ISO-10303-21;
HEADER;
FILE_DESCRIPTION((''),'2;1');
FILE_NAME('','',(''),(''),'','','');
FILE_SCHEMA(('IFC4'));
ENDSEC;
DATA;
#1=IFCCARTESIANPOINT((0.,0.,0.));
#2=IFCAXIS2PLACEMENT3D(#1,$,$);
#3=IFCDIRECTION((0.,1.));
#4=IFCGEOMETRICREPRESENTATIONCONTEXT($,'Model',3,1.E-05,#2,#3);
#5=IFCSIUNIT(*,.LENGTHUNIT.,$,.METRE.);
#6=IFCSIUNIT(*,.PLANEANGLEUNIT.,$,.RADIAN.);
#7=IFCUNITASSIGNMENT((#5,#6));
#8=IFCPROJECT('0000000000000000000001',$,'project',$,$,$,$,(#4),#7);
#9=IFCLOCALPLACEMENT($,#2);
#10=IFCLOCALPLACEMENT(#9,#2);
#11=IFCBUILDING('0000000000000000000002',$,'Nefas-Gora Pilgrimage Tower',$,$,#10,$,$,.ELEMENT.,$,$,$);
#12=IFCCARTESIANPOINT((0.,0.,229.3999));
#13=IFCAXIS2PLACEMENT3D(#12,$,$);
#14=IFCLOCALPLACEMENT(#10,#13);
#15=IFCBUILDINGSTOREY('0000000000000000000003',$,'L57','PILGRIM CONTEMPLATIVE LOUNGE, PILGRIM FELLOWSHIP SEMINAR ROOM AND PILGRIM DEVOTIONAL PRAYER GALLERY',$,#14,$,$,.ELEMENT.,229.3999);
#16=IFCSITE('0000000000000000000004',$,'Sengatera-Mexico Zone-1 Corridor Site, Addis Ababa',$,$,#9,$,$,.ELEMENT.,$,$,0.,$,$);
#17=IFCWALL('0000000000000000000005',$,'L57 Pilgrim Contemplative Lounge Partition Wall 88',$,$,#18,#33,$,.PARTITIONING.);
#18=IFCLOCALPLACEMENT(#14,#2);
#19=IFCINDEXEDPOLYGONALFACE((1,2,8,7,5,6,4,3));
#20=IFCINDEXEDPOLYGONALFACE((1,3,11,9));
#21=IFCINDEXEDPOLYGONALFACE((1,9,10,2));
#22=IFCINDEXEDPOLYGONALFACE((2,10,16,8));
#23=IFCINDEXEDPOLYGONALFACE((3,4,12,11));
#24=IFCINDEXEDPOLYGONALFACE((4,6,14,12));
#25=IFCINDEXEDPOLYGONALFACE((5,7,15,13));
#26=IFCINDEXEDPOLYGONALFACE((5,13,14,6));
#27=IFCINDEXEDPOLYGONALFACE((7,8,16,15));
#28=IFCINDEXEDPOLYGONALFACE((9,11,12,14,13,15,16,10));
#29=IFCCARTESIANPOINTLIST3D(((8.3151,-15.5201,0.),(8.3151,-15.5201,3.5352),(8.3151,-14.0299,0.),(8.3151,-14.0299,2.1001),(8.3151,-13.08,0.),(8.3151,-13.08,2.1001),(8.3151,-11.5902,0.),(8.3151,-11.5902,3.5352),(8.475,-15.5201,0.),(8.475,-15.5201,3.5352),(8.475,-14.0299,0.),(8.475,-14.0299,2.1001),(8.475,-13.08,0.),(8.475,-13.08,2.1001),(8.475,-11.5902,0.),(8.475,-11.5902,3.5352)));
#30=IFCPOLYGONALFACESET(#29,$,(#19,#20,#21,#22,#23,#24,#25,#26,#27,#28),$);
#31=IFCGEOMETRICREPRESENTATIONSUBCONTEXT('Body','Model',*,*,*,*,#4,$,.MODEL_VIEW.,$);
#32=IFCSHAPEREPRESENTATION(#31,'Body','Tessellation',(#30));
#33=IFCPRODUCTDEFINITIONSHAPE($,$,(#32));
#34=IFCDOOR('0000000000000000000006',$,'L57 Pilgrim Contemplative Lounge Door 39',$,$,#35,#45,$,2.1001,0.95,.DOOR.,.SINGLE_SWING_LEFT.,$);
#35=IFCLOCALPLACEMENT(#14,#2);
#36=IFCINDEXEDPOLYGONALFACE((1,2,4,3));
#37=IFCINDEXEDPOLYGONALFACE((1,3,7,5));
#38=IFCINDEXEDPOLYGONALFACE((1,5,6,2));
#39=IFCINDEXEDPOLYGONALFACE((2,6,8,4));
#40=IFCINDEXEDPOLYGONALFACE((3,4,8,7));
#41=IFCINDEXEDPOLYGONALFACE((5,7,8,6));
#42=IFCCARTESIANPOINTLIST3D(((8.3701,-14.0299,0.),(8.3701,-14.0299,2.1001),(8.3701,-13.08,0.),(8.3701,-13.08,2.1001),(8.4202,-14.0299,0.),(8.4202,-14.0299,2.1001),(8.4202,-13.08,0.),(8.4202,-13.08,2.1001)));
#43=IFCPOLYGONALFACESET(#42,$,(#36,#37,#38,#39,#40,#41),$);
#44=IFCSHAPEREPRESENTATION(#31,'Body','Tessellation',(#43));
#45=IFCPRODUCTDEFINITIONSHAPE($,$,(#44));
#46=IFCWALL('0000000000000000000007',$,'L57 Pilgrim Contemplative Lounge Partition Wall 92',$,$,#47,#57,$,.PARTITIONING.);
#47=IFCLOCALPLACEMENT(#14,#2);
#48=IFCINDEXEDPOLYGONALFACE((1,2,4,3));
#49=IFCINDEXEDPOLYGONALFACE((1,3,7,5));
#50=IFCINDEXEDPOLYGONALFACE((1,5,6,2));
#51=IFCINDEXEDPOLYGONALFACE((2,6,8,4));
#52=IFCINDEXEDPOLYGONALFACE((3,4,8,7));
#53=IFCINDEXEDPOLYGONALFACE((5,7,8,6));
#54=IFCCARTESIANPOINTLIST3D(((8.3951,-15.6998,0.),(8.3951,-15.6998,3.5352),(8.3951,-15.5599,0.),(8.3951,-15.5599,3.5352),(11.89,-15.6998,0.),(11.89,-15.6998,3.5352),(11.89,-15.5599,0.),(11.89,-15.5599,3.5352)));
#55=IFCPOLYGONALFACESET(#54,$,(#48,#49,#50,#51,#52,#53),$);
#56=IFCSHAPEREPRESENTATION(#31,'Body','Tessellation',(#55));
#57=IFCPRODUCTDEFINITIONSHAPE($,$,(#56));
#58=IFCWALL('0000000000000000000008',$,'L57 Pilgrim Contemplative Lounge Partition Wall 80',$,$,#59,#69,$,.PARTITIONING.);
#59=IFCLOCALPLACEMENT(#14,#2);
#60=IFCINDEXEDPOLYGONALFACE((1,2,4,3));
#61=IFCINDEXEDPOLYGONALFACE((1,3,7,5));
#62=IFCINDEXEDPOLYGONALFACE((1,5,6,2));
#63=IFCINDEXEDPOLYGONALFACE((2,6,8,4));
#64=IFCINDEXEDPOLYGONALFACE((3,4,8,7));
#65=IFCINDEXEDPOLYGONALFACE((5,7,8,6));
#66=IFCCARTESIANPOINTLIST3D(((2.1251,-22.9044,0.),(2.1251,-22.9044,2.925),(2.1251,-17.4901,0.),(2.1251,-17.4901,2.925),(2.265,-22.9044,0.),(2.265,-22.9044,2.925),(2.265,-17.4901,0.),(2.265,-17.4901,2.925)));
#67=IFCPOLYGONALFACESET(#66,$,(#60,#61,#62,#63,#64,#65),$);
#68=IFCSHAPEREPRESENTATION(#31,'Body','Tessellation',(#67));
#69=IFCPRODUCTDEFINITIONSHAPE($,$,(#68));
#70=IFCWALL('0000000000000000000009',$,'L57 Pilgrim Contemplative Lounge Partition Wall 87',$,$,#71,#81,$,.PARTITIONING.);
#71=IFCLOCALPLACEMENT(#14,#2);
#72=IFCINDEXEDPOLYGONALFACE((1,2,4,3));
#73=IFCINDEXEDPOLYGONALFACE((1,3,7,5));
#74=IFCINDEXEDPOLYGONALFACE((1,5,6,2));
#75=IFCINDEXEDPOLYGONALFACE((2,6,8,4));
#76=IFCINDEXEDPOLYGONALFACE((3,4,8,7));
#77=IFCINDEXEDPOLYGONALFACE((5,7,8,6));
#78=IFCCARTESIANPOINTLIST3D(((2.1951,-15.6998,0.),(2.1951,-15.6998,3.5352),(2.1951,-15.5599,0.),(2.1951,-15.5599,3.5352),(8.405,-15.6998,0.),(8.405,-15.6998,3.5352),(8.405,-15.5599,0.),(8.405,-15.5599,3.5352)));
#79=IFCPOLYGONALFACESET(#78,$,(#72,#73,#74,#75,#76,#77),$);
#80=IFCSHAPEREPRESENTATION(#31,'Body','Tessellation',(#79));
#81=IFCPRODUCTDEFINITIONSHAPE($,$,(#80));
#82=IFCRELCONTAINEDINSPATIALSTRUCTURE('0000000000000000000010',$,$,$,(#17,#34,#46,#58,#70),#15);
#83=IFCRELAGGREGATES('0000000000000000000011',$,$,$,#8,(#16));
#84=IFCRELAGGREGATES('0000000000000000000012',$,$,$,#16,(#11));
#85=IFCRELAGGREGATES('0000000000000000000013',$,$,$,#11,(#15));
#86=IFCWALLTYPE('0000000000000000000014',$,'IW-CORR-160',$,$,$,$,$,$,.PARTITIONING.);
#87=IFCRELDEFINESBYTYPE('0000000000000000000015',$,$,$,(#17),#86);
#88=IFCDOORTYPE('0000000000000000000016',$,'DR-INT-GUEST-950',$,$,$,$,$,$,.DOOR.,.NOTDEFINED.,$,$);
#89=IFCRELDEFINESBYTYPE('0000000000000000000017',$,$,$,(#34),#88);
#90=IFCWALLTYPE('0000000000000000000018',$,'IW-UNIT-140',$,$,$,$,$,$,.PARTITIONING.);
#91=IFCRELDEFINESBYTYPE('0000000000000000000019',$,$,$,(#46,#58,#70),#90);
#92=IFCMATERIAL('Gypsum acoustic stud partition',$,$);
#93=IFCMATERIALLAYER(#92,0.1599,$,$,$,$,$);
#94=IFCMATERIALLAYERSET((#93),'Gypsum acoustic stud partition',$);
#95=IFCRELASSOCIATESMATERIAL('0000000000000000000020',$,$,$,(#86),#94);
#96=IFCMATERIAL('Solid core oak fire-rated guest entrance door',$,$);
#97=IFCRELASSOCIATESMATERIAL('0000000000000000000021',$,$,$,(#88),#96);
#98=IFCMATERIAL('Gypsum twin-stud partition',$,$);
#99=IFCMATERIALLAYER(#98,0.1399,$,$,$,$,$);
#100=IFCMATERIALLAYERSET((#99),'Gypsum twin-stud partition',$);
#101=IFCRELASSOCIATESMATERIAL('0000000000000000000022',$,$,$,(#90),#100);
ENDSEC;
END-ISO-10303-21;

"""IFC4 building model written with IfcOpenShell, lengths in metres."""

from ifc_helpers import new_model, si_unit, direction, frame, frame_2d, origin, place, context, subcontext, project, spatial, rectangle, extrude, source, transform, mapped, material, layer, layer_set, type_object, element, fill, save


model = new_model("IFC4")

# Units and contexts
model_context = context("Model", 3, precision=1e-05, world=origin(), true_north=direction((0.0, 1.0)))
body_context = subcontext(model_context, "Body", "Model", "MODEL_VIEW")
ifc_project = project(units=[si_unit("LENGTHUNIT", "METRE"), si_unit("PLANEANGLEUNIT", "RADIAN")], contexts=[model_context])

# Site, building, storey
site_placement = place(None, origin())
site = spatial("IfcSite", under=ifc_project, at=site_placement, Name="Sengatera-Mexico Zone-1 Corridor Site, Addis Ababa", CompositionType="ELEMENT", RefElevation=0.0)
building_placement = place(site_placement, origin())
building = spatial("IfcBuilding", under=site, at=building_placement, Name="Nefas-Gora Pilgrimage Tower", CompositionType="ELEMENT")
storey_placement = place(building_placement, frame((0.0, 0.0, 229.3999)))
storey = spatial("IfcBuildingStorey", under=building, at=storey_placement, Name="L57", Description="PILGRIM CONTEMPLATIVE LOUNGE, PILGRIM FELLOWSHIP SEMINAR ROOM AND PILGRIM DEVOTIONAL PRAYER GALLERY", CompositionType="ELEMENT", Elevation=229.3999)

# Shared definitions
ifc_material_1 = material(Name="Gypsum acoustic stud partition")
ifc_layer_1 = layer(ifc_material_1, 0.1599)
ifc_layer_set_1 = layer_set([ifc_layer_1], Name="Gypsum acoustic stud partition")
wall_type_1 = type_object("IfcWallType", Name="IW-CORR-160", PredefinedType="PARTITIONING", material=ifc_layer_set_1)
ifc_material_2 = material(Name="Solid core oak fire-rated guest entrance door")
door_type = type_object("IfcDoorType", Name="DR-INT-GUEST-950", OperationType="NOTDEFINED", PredefinedType="DOOR", material=ifc_material_2)
shared_shape_1 = source(origin(), body_context, "Body", "SweptSolid", [
    extrude(rectangle(XDim=0.95, YDim=2.1001, at=frame_2d((0.4751, 1.05))), frame((0.0, 0.0249, 0.0), z_axis=(0.0, -1.0, 0.0), x_axis=(1.0, 0.0, 0.0)), (0.0, 0.0, 1.0), 0.05),
])

# Shared definitions
ifc_material_3 = material(Name="Gypsum twin-stud partition")
ifc_layer_2 = layer(ifc_material_3, 0.1399)
ifc_layer_set_2 = layer_set([ifc_layer_2], Name="Gypsum twin-stud partition")
wall_type_2 = type_object("IfcWallType", Name="IW-UNIT-140", PredefinedType="PARTITIONING", material=ifc_layer_set_2)

# Wall, opening, door
shared_shape_2 = source(origin(), body_context, "Body", "SweptSolid", [
    extrude(rectangle(XDim=3.9299, YDim=0.1599, at=frame_2d((1.9648, 0.0))), origin(), (0.0, 0.0, 1.0), 3.5352),
])
wall_1_placement = place(storey_placement, frame((8.395, -15.52, 0.0), z_axis=(0.0, 0.0, 1.0), x_axis=(0.0, 1.0, 0.0)))
wall_1 = element("IfcWall", 1, at=wall_1_placement, inside=storey, type_object=wall_type_1, Name="L57 Pilgrim Contemplative Lounge Partition Wall 88", PredefinedType="PARTITIONING", context=body_context, shape_type="MappedRepresentation", body=[
    mapped(shared_shape_2, transform((0.0, 0.0, 0.0), x_axis=(1.0, 0.0, 0.0), y_axis=(0.0, 1.0, 0.0), z_axis=(0.0, 0.0, 1.0), scale=1.0)),
])
opening_1_placement = place(wall_1_placement, frame((1.49, 0.0, 0.0)))
opening_1 = element("IfcOpeningElement", 2, at=opening_1_placement, cuts=wall_1, PredefinedType="OPENING", context=body_context, shape_type="SweptSolid", body=[
    extrude(rectangle(XDim=0.95, YDim=2.1001, at=frame_2d((0.4751, 1.05))), frame((0.0, 0.0898, 0.0), z_axis=(0.0, -1.0, 0.0), x_axis=(1.0, 0.0, 0.0)), (0.0, 0.0, 1.0), 0.1799),
])
door_1_placement = place(opening_1_placement, origin())
door_1 = element("IfcDoor", 3, at=door_1_placement, inside=storey, type_object=door_type, Name="L57 Pilgrim Contemplative Lounge Door 39", OperationType="SINGLE_SWING_LEFT", OverallHeight=2.1001, OverallWidth=0.95, PredefinedType="DOOR", context=body_context, shape_type="MappedRepresentation", body=[
    mapped(shared_shape_1, transform((0.0, 0.0, 0.0), x_axis=(1.0, 0.0, 0.0), y_axis=(0.0, 1.0, 0.0), z_axis=(0.0, 0.0, 1.0), scale=1.0)),
])
fill(opening_1, door_1)

# Walls
shared_shape_3 = source(origin(), body_context, "Body", "SweptSolid", [
    extrude(rectangle(XDim=3.4949, YDim=0.1399, at=frame_2d((1.7476, 0.0))), origin(), (0.0, 0.0, 1.0), 3.5352),
])
wall_2_placement = place(storey_placement, frame((8.395, -15.6299, 0.0), z_axis=(0.0, 0.0, 1.0), x_axis=(1.0, 0.0, 0.0)))
element("IfcWall", 4, at=wall_2_placement, inside=storey, type_object=wall_type_2, Name="L57 Pilgrim Contemplative Lounge Partition Wall 92", PredefinedType="PARTITIONING", context=body_context, shape_type="MappedRepresentation", body=[
    mapped(shared_shape_3, transform((0.0, 0.0, 0.0), x_axis=(1.0, 0.0, 0.0), y_axis=(0.0, 1.0, 0.0), z_axis=(0.0, 0.0, 1.0), scale=1.0)),
])
shared_shape_4 = source(origin(), body_context, "Body", "SweptSolid", [
    extrude(rectangle(XDim=5.4143, YDim=0.1399, at=frame_2d((2.707, 0.0))), origin(), (0.0, 0.0, 1.0), 2.925),
])
wall_3_placement = place(storey_placement, frame((2.1951, -22.9043, 0.0), z_axis=(0.0, 0.0, 1.0), x_axis=(0.0, 1.0, 0.0)))
element("IfcWall", 5, at=wall_3_placement, inside=storey, type_object=wall_type_2, Name="L57 Pilgrim Contemplative Lounge Partition Wall 80", PredefinedType="PARTITIONING", context=body_context, shape_type="MappedRepresentation", body=[
    mapped(shared_shape_4, transform((0.0, 0.0, 0.0), x_axis=(1.0, 0.0, 0.0), y_axis=(0.0, 1.0, 0.0), z_axis=(0.0, 0.0, 1.0), scale=1.0)),
])
shared_shape_5 = source(origin(), body_context, "Body", "SweptSolid", [
    extrude(rectangle(XDim=6.21, YDim=0.1399, at=frame_2d((3.105, 0.0))), origin(), (0.0, 0.0, 1.0), 3.5352),
])
wall_4_placement = place(storey_placement, frame((2.1951, -15.6299, 0.0), z_axis=(0.0, 0.0, 1.0), x_axis=(1.0, 0.0, 0.0)))
element("IfcWall", 6, at=wall_4_placement, inside=storey, type_object=wall_type_2, Name="L57 Pilgrim Contemplative Lounge Partition Wall 87", PredefinedType="PARTITIONING", context=body_context, shape_type="MappedRepresentation", body=[
    mapped(shared_shape_5, transform((0.0, 0.0, 0.0), x_axis=(1.0, 0.0, 0.0), y_axis=(0.0, 1.0, 0.0), z_axis=(0.0, 0.0, 1.0), scale=1.0)),
])

save(model, "model.ifc")
